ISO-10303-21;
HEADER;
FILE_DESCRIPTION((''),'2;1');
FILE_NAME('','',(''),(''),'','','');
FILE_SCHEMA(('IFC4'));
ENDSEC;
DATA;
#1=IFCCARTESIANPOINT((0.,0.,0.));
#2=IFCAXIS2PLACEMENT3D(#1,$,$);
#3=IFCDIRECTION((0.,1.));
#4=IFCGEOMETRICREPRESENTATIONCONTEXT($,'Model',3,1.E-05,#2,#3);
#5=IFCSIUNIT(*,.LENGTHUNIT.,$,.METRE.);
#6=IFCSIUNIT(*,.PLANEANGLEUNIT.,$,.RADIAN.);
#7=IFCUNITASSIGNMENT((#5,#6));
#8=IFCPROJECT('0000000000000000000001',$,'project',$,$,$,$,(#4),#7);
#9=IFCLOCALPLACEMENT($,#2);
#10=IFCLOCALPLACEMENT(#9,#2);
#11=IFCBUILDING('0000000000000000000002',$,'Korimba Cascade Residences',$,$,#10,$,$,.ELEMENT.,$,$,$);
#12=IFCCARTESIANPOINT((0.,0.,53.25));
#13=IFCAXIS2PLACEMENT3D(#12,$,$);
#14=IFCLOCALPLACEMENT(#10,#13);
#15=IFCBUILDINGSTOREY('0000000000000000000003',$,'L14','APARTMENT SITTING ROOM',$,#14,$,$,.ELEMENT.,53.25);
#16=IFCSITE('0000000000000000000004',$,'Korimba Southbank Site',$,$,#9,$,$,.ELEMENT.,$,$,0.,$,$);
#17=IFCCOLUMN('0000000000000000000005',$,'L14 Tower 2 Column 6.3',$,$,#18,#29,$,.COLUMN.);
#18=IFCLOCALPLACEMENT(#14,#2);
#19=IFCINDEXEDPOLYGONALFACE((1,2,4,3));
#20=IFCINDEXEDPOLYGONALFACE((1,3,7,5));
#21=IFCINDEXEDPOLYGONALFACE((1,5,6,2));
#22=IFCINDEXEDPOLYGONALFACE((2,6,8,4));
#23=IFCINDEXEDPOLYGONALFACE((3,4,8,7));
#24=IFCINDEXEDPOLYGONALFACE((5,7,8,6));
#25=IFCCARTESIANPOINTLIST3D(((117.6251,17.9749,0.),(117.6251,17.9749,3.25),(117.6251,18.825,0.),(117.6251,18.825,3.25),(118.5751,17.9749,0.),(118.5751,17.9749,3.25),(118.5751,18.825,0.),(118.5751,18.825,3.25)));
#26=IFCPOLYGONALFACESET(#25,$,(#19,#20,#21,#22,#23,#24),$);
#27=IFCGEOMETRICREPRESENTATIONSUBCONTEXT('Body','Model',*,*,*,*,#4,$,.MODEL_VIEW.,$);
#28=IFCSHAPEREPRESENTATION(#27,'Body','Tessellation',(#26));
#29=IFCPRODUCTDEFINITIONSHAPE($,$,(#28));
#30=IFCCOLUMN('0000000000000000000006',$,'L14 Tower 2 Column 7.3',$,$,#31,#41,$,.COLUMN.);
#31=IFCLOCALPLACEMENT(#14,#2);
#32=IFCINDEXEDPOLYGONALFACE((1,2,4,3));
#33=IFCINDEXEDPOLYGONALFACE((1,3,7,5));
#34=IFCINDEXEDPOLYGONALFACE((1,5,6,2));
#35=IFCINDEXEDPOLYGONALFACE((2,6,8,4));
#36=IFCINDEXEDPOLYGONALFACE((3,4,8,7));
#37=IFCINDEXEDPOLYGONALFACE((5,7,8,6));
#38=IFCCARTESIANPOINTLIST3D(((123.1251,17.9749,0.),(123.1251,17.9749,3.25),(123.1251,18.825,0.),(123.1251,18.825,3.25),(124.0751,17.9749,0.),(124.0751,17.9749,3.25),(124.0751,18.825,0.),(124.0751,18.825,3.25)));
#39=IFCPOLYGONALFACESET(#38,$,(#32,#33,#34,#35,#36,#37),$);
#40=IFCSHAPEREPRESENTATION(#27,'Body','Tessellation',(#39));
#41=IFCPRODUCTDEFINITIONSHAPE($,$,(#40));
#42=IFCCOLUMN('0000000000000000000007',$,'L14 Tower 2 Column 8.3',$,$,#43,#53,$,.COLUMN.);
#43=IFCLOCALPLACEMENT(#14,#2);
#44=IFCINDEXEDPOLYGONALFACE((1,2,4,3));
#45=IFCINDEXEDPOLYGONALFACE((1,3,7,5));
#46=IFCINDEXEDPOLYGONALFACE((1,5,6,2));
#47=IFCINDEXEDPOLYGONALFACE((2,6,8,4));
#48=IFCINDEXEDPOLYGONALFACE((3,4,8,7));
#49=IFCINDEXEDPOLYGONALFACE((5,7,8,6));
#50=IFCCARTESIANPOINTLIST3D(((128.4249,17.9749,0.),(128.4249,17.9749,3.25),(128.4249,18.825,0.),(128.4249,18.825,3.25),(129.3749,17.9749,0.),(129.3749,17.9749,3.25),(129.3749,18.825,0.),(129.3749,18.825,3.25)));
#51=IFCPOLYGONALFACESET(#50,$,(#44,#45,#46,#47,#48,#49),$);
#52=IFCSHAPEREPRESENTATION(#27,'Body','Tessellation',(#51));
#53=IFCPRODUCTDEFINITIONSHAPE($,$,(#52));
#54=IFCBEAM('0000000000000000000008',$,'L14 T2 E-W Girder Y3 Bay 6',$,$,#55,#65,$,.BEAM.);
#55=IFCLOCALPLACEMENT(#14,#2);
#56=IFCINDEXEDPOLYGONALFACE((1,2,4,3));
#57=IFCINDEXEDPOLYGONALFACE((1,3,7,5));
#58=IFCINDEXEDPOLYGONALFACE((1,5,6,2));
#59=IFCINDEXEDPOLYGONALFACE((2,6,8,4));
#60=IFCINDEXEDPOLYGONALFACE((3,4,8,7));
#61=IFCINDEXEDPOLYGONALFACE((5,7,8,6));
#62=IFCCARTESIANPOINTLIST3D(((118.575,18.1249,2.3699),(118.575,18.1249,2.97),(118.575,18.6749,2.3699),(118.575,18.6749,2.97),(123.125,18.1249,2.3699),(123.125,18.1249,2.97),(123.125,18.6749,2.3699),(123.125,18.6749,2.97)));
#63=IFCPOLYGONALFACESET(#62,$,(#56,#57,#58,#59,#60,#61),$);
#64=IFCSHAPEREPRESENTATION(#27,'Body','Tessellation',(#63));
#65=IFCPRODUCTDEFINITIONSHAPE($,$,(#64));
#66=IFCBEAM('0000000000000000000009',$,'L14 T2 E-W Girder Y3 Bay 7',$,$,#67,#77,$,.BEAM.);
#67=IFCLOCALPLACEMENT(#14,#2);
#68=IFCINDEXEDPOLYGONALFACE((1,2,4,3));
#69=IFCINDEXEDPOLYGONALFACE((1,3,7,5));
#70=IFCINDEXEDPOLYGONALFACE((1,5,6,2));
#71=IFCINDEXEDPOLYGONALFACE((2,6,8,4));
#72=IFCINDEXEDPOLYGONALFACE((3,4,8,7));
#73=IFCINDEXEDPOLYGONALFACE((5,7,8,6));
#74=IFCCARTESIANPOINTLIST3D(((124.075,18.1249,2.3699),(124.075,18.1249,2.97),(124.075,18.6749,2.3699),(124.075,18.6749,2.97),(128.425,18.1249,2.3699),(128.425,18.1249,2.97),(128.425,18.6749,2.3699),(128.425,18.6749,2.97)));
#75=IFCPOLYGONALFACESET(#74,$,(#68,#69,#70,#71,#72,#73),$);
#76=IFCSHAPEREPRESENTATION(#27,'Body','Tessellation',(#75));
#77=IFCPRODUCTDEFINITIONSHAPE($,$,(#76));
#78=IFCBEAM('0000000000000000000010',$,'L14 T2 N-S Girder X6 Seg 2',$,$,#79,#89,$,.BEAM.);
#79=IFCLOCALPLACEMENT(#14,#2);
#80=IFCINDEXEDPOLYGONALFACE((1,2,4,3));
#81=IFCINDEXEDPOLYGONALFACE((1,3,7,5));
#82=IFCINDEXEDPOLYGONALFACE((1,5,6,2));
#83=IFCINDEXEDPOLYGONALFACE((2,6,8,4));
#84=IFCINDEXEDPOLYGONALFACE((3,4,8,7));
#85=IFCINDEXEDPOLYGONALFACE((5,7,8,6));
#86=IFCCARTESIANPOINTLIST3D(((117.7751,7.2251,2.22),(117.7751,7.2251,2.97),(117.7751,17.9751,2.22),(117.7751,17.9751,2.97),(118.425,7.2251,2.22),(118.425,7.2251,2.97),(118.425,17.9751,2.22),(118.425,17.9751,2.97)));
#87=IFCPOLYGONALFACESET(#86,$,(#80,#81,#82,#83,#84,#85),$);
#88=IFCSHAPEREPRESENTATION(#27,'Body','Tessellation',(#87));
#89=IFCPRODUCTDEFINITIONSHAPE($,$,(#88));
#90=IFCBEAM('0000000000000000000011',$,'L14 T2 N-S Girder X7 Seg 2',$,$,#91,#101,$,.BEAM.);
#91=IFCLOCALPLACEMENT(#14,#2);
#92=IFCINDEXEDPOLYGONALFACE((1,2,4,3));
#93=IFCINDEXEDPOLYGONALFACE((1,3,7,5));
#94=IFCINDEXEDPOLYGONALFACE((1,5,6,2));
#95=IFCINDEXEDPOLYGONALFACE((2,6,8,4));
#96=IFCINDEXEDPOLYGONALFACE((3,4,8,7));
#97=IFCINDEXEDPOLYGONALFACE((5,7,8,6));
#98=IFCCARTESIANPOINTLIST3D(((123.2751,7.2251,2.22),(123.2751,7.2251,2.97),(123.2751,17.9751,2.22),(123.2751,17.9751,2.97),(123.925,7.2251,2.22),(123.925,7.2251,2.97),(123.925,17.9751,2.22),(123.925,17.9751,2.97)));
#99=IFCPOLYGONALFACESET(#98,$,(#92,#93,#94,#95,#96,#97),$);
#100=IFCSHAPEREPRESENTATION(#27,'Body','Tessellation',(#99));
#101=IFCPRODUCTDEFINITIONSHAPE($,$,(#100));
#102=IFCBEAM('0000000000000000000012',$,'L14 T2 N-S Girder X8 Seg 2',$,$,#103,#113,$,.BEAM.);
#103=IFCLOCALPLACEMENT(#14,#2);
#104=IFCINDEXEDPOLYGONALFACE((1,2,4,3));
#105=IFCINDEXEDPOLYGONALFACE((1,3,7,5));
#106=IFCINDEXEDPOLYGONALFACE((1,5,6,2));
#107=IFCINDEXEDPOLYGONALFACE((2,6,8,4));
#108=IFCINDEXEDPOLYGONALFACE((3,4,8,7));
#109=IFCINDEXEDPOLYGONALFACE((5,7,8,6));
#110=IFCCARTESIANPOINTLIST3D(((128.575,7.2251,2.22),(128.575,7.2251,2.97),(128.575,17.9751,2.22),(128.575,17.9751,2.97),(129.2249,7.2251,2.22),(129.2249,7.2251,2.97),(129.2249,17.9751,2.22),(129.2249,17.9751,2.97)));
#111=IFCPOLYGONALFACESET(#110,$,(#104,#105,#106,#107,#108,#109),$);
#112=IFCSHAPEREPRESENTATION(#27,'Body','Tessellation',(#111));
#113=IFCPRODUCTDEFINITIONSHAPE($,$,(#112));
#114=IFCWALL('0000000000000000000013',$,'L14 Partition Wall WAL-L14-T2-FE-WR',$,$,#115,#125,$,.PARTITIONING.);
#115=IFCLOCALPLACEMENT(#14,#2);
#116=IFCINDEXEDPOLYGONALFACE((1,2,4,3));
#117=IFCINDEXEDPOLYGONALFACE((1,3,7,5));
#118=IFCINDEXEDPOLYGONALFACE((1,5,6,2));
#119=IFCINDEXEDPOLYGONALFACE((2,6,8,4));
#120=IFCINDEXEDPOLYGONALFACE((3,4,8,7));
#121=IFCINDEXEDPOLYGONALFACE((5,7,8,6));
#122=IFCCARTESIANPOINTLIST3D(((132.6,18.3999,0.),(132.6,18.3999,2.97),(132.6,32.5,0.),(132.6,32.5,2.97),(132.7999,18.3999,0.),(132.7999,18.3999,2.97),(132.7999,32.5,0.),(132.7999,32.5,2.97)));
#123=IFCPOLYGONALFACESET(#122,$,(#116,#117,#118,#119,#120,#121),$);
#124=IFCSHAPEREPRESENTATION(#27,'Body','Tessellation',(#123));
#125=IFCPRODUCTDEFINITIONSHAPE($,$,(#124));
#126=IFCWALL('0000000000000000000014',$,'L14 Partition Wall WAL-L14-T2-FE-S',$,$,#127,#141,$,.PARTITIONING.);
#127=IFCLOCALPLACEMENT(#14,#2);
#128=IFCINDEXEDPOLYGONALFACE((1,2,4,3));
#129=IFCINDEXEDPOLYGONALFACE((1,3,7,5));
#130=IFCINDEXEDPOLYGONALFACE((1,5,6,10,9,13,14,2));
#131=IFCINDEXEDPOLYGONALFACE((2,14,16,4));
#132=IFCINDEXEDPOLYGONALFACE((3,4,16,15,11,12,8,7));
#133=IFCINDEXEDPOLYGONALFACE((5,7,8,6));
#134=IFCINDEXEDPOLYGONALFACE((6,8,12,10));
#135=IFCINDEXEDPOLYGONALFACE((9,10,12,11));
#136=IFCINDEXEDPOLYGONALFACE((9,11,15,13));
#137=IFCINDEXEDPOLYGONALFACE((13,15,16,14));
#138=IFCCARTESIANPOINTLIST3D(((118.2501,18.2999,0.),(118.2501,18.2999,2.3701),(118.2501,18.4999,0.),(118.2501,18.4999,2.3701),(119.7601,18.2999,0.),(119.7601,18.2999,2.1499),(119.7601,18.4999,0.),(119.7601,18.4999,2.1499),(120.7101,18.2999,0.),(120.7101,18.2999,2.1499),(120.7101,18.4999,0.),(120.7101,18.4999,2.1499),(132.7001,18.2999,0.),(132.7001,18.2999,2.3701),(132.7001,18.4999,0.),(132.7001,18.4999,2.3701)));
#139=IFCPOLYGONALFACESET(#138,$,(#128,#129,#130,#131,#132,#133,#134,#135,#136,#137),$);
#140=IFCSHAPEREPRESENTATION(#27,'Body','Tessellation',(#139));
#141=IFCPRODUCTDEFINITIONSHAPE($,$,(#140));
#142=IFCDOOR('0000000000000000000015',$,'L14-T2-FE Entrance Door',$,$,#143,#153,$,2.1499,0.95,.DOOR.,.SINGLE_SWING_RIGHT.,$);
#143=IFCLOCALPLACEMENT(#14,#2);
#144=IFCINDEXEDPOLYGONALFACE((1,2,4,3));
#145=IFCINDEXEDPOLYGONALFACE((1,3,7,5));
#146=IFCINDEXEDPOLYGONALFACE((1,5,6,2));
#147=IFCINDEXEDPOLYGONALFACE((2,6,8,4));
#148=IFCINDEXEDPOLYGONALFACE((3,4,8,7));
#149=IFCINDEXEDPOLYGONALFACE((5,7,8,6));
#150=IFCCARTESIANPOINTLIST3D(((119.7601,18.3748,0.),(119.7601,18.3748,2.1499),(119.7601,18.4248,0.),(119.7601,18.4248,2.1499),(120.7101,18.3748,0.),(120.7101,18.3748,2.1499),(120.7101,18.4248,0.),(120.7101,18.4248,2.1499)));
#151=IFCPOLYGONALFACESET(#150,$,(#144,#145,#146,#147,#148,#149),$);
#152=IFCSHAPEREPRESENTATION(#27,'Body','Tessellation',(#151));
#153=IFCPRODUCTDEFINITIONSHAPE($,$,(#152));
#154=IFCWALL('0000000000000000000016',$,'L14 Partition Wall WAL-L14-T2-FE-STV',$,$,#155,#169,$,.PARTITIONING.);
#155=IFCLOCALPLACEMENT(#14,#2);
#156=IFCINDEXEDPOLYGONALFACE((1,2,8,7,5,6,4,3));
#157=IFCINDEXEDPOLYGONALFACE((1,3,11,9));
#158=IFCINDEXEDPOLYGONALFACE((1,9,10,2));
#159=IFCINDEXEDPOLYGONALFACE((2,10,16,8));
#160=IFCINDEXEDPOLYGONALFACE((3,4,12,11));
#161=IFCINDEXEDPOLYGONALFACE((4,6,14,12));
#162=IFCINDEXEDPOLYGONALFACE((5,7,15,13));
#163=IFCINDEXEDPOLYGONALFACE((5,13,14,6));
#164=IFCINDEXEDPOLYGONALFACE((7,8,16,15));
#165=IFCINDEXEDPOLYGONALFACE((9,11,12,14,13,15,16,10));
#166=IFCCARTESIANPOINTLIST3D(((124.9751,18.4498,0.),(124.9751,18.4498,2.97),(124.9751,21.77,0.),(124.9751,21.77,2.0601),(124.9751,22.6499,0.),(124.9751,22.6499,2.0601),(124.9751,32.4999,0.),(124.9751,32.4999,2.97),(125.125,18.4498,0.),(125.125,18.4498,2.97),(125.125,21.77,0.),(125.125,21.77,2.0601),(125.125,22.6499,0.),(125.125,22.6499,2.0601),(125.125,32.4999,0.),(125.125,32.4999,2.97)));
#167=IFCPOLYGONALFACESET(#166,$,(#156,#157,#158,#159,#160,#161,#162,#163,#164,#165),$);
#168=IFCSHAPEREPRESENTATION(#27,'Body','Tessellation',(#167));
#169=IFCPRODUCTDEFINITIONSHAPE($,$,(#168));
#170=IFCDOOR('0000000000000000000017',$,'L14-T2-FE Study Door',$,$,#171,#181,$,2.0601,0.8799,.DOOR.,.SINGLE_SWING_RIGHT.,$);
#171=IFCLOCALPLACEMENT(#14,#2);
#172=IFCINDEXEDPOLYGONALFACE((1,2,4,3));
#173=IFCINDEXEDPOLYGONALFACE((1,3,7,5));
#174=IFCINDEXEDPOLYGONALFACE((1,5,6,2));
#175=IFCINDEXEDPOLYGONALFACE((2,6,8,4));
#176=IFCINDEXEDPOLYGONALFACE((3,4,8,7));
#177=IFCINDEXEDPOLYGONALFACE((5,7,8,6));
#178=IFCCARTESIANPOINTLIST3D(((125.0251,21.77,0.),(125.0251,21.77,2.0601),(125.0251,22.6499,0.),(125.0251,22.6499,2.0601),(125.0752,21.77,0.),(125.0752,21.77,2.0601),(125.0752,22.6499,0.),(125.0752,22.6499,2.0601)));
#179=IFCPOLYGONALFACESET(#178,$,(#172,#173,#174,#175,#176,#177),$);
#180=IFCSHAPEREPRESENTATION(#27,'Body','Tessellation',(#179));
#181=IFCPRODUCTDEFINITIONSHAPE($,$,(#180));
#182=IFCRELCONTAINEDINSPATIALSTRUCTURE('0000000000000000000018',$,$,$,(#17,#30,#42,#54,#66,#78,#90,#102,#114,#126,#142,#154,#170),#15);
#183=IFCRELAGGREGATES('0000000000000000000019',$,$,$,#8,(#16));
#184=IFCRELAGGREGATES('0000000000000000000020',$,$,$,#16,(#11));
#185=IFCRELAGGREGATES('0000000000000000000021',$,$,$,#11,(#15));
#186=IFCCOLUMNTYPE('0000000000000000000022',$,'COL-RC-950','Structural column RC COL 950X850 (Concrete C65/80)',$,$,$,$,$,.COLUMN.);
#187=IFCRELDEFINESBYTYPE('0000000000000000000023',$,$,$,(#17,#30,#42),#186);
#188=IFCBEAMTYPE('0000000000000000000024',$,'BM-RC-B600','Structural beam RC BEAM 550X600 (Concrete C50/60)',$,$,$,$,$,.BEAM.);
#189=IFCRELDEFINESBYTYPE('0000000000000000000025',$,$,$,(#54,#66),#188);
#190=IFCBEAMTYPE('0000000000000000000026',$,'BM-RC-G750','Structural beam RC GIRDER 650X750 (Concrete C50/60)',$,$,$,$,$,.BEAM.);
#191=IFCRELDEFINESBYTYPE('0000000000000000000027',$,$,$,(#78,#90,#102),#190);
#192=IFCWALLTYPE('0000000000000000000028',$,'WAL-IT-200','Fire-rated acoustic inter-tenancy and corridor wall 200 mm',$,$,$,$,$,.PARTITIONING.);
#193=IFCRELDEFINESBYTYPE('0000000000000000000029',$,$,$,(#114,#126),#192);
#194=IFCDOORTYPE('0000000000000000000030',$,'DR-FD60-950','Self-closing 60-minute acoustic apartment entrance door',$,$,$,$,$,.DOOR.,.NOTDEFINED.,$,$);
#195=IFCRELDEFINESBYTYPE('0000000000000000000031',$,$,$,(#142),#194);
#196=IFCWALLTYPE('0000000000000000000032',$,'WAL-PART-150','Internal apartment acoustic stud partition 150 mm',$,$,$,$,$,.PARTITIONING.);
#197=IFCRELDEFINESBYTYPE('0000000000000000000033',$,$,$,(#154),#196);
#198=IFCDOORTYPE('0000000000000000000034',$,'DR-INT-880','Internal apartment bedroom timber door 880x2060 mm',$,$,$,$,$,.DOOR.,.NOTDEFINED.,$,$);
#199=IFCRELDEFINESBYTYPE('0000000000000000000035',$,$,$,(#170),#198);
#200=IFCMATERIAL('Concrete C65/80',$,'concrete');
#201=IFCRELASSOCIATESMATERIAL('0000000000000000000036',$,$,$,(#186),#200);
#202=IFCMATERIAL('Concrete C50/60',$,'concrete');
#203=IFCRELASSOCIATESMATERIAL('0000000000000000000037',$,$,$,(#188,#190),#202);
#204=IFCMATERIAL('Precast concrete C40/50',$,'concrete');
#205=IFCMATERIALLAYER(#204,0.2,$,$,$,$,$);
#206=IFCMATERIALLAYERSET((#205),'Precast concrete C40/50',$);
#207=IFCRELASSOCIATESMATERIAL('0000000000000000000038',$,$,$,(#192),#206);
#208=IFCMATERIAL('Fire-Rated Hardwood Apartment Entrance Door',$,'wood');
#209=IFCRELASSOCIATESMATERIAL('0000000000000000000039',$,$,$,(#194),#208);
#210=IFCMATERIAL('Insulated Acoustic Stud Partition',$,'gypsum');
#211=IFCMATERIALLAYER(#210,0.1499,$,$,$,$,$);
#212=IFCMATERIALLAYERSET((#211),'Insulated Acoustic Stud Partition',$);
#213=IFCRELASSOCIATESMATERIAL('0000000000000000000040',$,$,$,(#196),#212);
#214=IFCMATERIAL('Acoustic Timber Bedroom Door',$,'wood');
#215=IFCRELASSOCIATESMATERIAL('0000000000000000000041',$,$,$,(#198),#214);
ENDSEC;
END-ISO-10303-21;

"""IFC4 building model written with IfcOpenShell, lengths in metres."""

from ifc_helpers import new_model, si_unit, direction, frame, frame_2d, origin, origin_2d, place, context, subcontext, project, spatial, rectangle, extrude, material, layer, layer_set, material_profile, profile_set, type_object, element, fill, save


model = new_model("IFC4")

# Units and contexts
model_context = context("Model", 3, precision=1e-05, world=origin(), true_north=direction((0.0, 1.0)))
body_context = subcontext(model_context, "Body", "Model", "MODEL_VIEW")
ifc_project = project(units=[si_unit("LENGTHUNIT", "METRE"), si_unit("PLANEANGLEUNIT", "RADIAN")], contexts=[model_context])

# Site, building, storey
site_placement = place(None, origin())
site = spatial("IfcSite", under=ifc_project, at=site_placement, Name="Korimba Southbank Site", CompositionType="ELEMENT", RefElevation=0.0)
building_placement = place(site_placement, origin())
building = spatial("IfcBuilding", under=site, at=building_placement, Name="Korimba Cascade Residences", CompositionType="ELEMENT")
storey_placement = place(building_placement, frame((0.0, 0.0, 53.25)))
storey = spatial("IfcBuildingStorey", under=building, at=storey_placement, Name="L14", Description="APARTMENT SITTING ROOM", CompositionType="ELEMENT", Elevation=53.25)

# Columns
ifc_material_1 = material(Name="Concrete C65/80", Category="concrete")
ifc_material_profile_1 = material_profile(ifc_material_1, rectangle(XDim=0.95, YDim=0.8501, at=origin_2d()), Name="Concrete C65/80")
ifc_profile_set_1 = profile_set([ifc_material_profile_1], Name="Concrete C65/80")
column_type = type_object("IfcColumnType", Name="COL-RC-950", Description="Structural column RC COL 950X850 (Concrete C65/80)", PredefinedType="COLUMN", material=ifc_profile_set_1)
for number, where, z_axis, x_axis, name in (
    (1, (118.1001, 18.3999, 0.0), (0.0, 0.0, 1.0), (1.0, 0.0, 0.0), "L14 Tower 2 Column 6.3"),
    (2, (123.6001, 18.3999, 0.0), (0.0, 0.0, 1.0), (1.0, 0.0, 0.0), "L14 Tower 2 Column 7.3"),
    (3, (128.8999, 18.3999, 0.0), (0.0, 0.0, 1.0), (1.0, 0.0, 0.0), "L14 Tower 2 Column 8.3"),
):
    element("IfcColumn", number, at=place(storey_placement, frame(where, z_axis=z_axis, x_axis=x_axis)), inside=storey, type_object=column_type, Name=name, PredefinedType="COLUMN", context=body_context, shape_type="SweptSolid", body=[
        extrude(rectangle(XDim=0.95, YDim=0.8501, at=origin_2d()), origin(), (0.0, 0.0, 1.0), 3.25),
    ])

# Beams
ifc_material_2 = material(Name="Concrete C50/60", Category="concrete")
ifc_material_profile_2 = material_profile(ifc_material_2, rectangle(XDim=0.55, YDim=0.6001, at=origin_2d()), Name="Concrete C50/60")
ifc_profile_set_2 = profile_set([ifc_material_profile_2], Name="Concrete C50/60")
beam_type_1 = type_object("IfcBeamType", Name="BM-RC-B600", Description="Structural beam RC BEAM 550X600 (Concrete C50/60)", PredefinedType="BEAM", material=ifc_profile_set_2)
beam_1_placement = place(storey_placement, frame((118.575, 18.3999, 2.6699), z_axis=(1.0, 0.0, 0.0), x_axis=(0.0, 1.0, 0.0)))
element("IfcBeam", 4, at=beam_1_placement, inside=storey, type_object=beam_type_1, Name="L14 T2 E-W Girder Y3 Bay 6", PredefinedType="BEAM", context=body_context, shape_type="SweptSolid", body=[
    extrude(rectangle(XDim=0.55, YDim=0.6001, at=origin_2d()), origin(), (0.0, 0.0, 1.0), 4.55),
])
beam_2_placement = place(storey_placement, frame((124.075, 18.3999, 2.6699), z_axis=(1.0, 0.0, 0.0), x_axis=(0.0, 1.0, 0.0)))
element("IfcBeam", 5, at=beam_2_placement, inside=storey, type_object=beam_type_1, Name="L14 T2 E-W Girder Y3 Bay 7", PredefinedType="BEAM", context=body_context, shape_type="SweptSolid", body=[
    extrude(rectangle(XDim=0.55, YDim=0.6001, at=origin_2d()), origin(), (0.0, 0.0, 1.0), 4.3501),
])
ifc_material_profile_3 = material_profile(ifc_material_2, rectangle(XDim=0.6499, YDim=0.75, at=origin_2d()), Name="Concrete C50/60")
ifc_profile_set_3 = profile_set([ifc_material_profile_3], Name="Concrete C50/60")
beam_type_2 = type_object("IfcBeamType", Name="BM-RC-G750", Description="Structural beam RC GIRDER 650X750 (Concrete C50/60)", PredefinedType="BEAM", material=ifc_profile_set_3)
for number, where, z_axis, x_axis, name in (
    (6, (118.1001, 7.2251, 2.595), (0.0, 1.0, 0.0), (-1.0, 0.0, 0.0), "L14 T2 N-S Girder X6 Seg 2"),
    (7, (123.6001, 7.2251, 2.595), (0.0, 1.0, 0.0), (-1.0, 0.0, 0.0), "L14 T2 N-S Girder X7 Seg 2"),
    (8, (128.8999, 7.2251, 2.595), (0.0, 1.0, 0.0), (-1.0, 0.0, 0.0), "L14 T2 N-S Girder X8 Seg 2"),
):
    element("IfcBeam", number, at=place(storey_placement, frame(where, z_axis=z_axis, x_axis=x_axis)), inside=storey, type_object=beam_type_2, Name=name, PredefinedType="BEAM", context=body_context, shape_type="SweptSolid", body=[
        extrude(rectangle(XDim=0.6499, YDim=0.75, at=origin_2d()), origin(), (0.0, 0.0, 1.0), 10.75),
    ])

# Wall
ifc_material_3 = material(Name="Precast concrete C40/50", Category="concrete")
ifc_layer_1 = layer(ifc_material_3, 0.2)
ifc_layer_set_1 = layer_set([ifc_layer_1], Name="Precast concrete C40/50")
wall_type_1 = type_object("IfcWallType", Name="WAL-IT-200", Description="Fire-rated acoustic inter-tenancy and corridor wall 200 mm", PredefinedType="PARTITIONING", material=ifc_layer_set_1)
wall_1_placement = place(storey_placement, frame((132.7, 18.3999, 0.0), z_axis=(0.0, 0.0, 1.0), x_axis=(0.0, 1.0, 0.0)))
element("IfcWall", 9, at=wall_1_placement, inside=storey, type_object=wall_type_1, Name="L14 Partition Wall WAL-L14-T2-FE-WR", PredefinedType="PARTITIONING", context=body_context, shape_type="SweptSolid", body=[
    extrude(rectangle(XDim=14.1001, YDim=0.2, at=frame_2d((7.05, 0.0))), origin(), (0.0, 0.0, 1.0), 2.97),
])

# Walls, openings, doors
wall_2_placement = place(storey_placement, frame((118.25, 18.3999, 0.0), z_axis=(0.0, 0.0, 1.0), x_axis=(1.0, 0.0, 0.0)))
wall_2 = element("IfcWall", 10, at=wall_2_placement, inside=storey, type_object=wall_type_1, Name="L14 Partition Wall WAL-L14-T2-FE-S", PredefinedType="PARTITIONING", context=body_context, shape_type="SweptSolid", body=[
    extrude(rectangle(XDim=14.45, YDim=0.2, at=frame_2d((7.2251, 0.0))), origin(), (0.0, 0.0, 1.0), 2.3701),
])
opening_1_placement = place(wall_2_placement, frame((1.51, 0.0, 0.0)))
opening_1 = element("IfcOpeningElement", 11, at=opening_1_placement, cuts=wall_2, PredefinedType="OPENING", context=body_context, shape_type="SweptSolid", body=[
    extrude(rectangle(XDim=0.95, YDim=2.1499, at=frame_2d((0.4751, 1.075))), frame((0.0, 0.1099, 0.0), z_axis=(0.0, -1.0, 0.0), x_axis=(1.0, 0.0, 0.0)), (0.0, 0.0, 1.0), 0.22),
])
ifc_material_4 = material(Name="Fire-Rated Hardwood Apartment Entrance Door", Category="wood")
door_type_1 = type_object("IfcDoorType", Name="DR-FD60-950", Description="Self-closing 60-minute acoustic apartment entrance door", OperationType="NOTDEFINED", PredefinedType="DOOR", material=ifc_material_4)
door_1_placement = place(opening_1_placement, origin())
door_1 = element("IfcDoor", 12, at=door_1_placement, inside=storey, type_object=door_type_1, Name="L14-T2-FE Entrance Door", OperationType="SINGLE_SWING_RIGHT", OverallHeight=2.1499, OverallWidth=0.95, PredefinedType="DOOR", context=body_context, shape_type="SweptSolid", body=[
    extrude(rectangle(XDim=0.95, YDim=2.1499, at=frame_2d((0.4751, 1.075))), frame((0.0, 0.0249, 0.0), z_axis=(0.0, -1.0, 0.0), x_axis=(1.0, 0.0, 0.0)), (0.0, 0.0, 1.0), 0.05),
])
fill(opening_1, door_1)
ifc_material_5 = material(Name="Insulated Acoustic Stud Partition", Category="gypsum")
ifc_layer_2 = layer(ifc_material_5, 0.1499)
ifc_layer_set_2 = layer_set([ifc_layer_2], Name="Insulated Acoustic Stud Partition")
wall_type_2 = type_object("IfcWallType", Name="WAL-PART-150", Description="Internal apartment acoustic stud partition 150 mm", PredefinedType="PARTITIONING", material=ifc_layer_set_2)
wall_3_placement = place(storey_placement, frame((125.05, 18.45, 0.0), z_axis=(0.0, 0.0, 1.0), x_axis=(0.0, 1.0, 0.0)))
wall_3 = element("IfcWall", 13, at=wall_3_placement, inside=storey, type_object=wall_type_2, Name="L14 Partition Wall WAL-L14-T2-FE-STV", PredefinedType="PARTITIONING", context=body_context, shape_type="SweptSolid", body=[
    extrude(rectangle(XDim=14.05, YDim=0.1499, at=frame_2d((7.0249, 0.0))), origin(), (0.0, 0.0, 1.0), 2.97),
])
opening_2_placement = place(wall_3_placement, frame((3.3201, 0.0, 0.0)))
opening_2 = element("IfcOpeningElement", 14, at=opening_2_placement, cuts=wall_3, PredefinedType="OPENING", context=body_context, shape_type="SweptSolid", body=[
    extrude(rectangle(XDim=0.8799, YDim=2.0601, at=frame_2d((0.4399, 1.03))), frame((0.0, 0.085, 0.0), z_axis=(0.0, -1.0, 0.0), x_axis=(1.0, 0.0, 0.0)), (0.0, 0.0, 1.0), 0.1699),
])
ifc_material_6 = material(Name="Acoustic Timber Bedroom Door", Category="wood")
door_type_2 = type_object("IfcDoorType", Name="DR-INT-880", Description="Internal apartment bedroom timber door 880x2060 mm", OperationType="NOTDEFINED", PredefinedType="DOOR", material=ifc_material_6)
door_2_placement = place(opening_2_placement, origin())
door_2 = element("IfcDoor", 15, at=door_2_placement, inside=storey, type_object=door_type_2, Name="L14-T2-FE Study Door", OperationType="SINGLE_SWING_RIGHT", OverallHeight=2.0601, OverallWidth=0.8799, PredefinedType="DOOR", context=body_context, shape_type="SweptSolid", body=[
    extrude(rectangle(XDim=0.8799, YDim=2.0601, at=frame_2d((0.4399, 1.03))), frame((0.0, 0.0249, 0.0), z_axis=(0.0, -1.0, 0.0), x_axis=(1.0, 0.0, 0.0)), (0.0, 0.0, 1.0), 0.05),
])
fill(opening_2, door_2)

save(model, "model.ifc")
